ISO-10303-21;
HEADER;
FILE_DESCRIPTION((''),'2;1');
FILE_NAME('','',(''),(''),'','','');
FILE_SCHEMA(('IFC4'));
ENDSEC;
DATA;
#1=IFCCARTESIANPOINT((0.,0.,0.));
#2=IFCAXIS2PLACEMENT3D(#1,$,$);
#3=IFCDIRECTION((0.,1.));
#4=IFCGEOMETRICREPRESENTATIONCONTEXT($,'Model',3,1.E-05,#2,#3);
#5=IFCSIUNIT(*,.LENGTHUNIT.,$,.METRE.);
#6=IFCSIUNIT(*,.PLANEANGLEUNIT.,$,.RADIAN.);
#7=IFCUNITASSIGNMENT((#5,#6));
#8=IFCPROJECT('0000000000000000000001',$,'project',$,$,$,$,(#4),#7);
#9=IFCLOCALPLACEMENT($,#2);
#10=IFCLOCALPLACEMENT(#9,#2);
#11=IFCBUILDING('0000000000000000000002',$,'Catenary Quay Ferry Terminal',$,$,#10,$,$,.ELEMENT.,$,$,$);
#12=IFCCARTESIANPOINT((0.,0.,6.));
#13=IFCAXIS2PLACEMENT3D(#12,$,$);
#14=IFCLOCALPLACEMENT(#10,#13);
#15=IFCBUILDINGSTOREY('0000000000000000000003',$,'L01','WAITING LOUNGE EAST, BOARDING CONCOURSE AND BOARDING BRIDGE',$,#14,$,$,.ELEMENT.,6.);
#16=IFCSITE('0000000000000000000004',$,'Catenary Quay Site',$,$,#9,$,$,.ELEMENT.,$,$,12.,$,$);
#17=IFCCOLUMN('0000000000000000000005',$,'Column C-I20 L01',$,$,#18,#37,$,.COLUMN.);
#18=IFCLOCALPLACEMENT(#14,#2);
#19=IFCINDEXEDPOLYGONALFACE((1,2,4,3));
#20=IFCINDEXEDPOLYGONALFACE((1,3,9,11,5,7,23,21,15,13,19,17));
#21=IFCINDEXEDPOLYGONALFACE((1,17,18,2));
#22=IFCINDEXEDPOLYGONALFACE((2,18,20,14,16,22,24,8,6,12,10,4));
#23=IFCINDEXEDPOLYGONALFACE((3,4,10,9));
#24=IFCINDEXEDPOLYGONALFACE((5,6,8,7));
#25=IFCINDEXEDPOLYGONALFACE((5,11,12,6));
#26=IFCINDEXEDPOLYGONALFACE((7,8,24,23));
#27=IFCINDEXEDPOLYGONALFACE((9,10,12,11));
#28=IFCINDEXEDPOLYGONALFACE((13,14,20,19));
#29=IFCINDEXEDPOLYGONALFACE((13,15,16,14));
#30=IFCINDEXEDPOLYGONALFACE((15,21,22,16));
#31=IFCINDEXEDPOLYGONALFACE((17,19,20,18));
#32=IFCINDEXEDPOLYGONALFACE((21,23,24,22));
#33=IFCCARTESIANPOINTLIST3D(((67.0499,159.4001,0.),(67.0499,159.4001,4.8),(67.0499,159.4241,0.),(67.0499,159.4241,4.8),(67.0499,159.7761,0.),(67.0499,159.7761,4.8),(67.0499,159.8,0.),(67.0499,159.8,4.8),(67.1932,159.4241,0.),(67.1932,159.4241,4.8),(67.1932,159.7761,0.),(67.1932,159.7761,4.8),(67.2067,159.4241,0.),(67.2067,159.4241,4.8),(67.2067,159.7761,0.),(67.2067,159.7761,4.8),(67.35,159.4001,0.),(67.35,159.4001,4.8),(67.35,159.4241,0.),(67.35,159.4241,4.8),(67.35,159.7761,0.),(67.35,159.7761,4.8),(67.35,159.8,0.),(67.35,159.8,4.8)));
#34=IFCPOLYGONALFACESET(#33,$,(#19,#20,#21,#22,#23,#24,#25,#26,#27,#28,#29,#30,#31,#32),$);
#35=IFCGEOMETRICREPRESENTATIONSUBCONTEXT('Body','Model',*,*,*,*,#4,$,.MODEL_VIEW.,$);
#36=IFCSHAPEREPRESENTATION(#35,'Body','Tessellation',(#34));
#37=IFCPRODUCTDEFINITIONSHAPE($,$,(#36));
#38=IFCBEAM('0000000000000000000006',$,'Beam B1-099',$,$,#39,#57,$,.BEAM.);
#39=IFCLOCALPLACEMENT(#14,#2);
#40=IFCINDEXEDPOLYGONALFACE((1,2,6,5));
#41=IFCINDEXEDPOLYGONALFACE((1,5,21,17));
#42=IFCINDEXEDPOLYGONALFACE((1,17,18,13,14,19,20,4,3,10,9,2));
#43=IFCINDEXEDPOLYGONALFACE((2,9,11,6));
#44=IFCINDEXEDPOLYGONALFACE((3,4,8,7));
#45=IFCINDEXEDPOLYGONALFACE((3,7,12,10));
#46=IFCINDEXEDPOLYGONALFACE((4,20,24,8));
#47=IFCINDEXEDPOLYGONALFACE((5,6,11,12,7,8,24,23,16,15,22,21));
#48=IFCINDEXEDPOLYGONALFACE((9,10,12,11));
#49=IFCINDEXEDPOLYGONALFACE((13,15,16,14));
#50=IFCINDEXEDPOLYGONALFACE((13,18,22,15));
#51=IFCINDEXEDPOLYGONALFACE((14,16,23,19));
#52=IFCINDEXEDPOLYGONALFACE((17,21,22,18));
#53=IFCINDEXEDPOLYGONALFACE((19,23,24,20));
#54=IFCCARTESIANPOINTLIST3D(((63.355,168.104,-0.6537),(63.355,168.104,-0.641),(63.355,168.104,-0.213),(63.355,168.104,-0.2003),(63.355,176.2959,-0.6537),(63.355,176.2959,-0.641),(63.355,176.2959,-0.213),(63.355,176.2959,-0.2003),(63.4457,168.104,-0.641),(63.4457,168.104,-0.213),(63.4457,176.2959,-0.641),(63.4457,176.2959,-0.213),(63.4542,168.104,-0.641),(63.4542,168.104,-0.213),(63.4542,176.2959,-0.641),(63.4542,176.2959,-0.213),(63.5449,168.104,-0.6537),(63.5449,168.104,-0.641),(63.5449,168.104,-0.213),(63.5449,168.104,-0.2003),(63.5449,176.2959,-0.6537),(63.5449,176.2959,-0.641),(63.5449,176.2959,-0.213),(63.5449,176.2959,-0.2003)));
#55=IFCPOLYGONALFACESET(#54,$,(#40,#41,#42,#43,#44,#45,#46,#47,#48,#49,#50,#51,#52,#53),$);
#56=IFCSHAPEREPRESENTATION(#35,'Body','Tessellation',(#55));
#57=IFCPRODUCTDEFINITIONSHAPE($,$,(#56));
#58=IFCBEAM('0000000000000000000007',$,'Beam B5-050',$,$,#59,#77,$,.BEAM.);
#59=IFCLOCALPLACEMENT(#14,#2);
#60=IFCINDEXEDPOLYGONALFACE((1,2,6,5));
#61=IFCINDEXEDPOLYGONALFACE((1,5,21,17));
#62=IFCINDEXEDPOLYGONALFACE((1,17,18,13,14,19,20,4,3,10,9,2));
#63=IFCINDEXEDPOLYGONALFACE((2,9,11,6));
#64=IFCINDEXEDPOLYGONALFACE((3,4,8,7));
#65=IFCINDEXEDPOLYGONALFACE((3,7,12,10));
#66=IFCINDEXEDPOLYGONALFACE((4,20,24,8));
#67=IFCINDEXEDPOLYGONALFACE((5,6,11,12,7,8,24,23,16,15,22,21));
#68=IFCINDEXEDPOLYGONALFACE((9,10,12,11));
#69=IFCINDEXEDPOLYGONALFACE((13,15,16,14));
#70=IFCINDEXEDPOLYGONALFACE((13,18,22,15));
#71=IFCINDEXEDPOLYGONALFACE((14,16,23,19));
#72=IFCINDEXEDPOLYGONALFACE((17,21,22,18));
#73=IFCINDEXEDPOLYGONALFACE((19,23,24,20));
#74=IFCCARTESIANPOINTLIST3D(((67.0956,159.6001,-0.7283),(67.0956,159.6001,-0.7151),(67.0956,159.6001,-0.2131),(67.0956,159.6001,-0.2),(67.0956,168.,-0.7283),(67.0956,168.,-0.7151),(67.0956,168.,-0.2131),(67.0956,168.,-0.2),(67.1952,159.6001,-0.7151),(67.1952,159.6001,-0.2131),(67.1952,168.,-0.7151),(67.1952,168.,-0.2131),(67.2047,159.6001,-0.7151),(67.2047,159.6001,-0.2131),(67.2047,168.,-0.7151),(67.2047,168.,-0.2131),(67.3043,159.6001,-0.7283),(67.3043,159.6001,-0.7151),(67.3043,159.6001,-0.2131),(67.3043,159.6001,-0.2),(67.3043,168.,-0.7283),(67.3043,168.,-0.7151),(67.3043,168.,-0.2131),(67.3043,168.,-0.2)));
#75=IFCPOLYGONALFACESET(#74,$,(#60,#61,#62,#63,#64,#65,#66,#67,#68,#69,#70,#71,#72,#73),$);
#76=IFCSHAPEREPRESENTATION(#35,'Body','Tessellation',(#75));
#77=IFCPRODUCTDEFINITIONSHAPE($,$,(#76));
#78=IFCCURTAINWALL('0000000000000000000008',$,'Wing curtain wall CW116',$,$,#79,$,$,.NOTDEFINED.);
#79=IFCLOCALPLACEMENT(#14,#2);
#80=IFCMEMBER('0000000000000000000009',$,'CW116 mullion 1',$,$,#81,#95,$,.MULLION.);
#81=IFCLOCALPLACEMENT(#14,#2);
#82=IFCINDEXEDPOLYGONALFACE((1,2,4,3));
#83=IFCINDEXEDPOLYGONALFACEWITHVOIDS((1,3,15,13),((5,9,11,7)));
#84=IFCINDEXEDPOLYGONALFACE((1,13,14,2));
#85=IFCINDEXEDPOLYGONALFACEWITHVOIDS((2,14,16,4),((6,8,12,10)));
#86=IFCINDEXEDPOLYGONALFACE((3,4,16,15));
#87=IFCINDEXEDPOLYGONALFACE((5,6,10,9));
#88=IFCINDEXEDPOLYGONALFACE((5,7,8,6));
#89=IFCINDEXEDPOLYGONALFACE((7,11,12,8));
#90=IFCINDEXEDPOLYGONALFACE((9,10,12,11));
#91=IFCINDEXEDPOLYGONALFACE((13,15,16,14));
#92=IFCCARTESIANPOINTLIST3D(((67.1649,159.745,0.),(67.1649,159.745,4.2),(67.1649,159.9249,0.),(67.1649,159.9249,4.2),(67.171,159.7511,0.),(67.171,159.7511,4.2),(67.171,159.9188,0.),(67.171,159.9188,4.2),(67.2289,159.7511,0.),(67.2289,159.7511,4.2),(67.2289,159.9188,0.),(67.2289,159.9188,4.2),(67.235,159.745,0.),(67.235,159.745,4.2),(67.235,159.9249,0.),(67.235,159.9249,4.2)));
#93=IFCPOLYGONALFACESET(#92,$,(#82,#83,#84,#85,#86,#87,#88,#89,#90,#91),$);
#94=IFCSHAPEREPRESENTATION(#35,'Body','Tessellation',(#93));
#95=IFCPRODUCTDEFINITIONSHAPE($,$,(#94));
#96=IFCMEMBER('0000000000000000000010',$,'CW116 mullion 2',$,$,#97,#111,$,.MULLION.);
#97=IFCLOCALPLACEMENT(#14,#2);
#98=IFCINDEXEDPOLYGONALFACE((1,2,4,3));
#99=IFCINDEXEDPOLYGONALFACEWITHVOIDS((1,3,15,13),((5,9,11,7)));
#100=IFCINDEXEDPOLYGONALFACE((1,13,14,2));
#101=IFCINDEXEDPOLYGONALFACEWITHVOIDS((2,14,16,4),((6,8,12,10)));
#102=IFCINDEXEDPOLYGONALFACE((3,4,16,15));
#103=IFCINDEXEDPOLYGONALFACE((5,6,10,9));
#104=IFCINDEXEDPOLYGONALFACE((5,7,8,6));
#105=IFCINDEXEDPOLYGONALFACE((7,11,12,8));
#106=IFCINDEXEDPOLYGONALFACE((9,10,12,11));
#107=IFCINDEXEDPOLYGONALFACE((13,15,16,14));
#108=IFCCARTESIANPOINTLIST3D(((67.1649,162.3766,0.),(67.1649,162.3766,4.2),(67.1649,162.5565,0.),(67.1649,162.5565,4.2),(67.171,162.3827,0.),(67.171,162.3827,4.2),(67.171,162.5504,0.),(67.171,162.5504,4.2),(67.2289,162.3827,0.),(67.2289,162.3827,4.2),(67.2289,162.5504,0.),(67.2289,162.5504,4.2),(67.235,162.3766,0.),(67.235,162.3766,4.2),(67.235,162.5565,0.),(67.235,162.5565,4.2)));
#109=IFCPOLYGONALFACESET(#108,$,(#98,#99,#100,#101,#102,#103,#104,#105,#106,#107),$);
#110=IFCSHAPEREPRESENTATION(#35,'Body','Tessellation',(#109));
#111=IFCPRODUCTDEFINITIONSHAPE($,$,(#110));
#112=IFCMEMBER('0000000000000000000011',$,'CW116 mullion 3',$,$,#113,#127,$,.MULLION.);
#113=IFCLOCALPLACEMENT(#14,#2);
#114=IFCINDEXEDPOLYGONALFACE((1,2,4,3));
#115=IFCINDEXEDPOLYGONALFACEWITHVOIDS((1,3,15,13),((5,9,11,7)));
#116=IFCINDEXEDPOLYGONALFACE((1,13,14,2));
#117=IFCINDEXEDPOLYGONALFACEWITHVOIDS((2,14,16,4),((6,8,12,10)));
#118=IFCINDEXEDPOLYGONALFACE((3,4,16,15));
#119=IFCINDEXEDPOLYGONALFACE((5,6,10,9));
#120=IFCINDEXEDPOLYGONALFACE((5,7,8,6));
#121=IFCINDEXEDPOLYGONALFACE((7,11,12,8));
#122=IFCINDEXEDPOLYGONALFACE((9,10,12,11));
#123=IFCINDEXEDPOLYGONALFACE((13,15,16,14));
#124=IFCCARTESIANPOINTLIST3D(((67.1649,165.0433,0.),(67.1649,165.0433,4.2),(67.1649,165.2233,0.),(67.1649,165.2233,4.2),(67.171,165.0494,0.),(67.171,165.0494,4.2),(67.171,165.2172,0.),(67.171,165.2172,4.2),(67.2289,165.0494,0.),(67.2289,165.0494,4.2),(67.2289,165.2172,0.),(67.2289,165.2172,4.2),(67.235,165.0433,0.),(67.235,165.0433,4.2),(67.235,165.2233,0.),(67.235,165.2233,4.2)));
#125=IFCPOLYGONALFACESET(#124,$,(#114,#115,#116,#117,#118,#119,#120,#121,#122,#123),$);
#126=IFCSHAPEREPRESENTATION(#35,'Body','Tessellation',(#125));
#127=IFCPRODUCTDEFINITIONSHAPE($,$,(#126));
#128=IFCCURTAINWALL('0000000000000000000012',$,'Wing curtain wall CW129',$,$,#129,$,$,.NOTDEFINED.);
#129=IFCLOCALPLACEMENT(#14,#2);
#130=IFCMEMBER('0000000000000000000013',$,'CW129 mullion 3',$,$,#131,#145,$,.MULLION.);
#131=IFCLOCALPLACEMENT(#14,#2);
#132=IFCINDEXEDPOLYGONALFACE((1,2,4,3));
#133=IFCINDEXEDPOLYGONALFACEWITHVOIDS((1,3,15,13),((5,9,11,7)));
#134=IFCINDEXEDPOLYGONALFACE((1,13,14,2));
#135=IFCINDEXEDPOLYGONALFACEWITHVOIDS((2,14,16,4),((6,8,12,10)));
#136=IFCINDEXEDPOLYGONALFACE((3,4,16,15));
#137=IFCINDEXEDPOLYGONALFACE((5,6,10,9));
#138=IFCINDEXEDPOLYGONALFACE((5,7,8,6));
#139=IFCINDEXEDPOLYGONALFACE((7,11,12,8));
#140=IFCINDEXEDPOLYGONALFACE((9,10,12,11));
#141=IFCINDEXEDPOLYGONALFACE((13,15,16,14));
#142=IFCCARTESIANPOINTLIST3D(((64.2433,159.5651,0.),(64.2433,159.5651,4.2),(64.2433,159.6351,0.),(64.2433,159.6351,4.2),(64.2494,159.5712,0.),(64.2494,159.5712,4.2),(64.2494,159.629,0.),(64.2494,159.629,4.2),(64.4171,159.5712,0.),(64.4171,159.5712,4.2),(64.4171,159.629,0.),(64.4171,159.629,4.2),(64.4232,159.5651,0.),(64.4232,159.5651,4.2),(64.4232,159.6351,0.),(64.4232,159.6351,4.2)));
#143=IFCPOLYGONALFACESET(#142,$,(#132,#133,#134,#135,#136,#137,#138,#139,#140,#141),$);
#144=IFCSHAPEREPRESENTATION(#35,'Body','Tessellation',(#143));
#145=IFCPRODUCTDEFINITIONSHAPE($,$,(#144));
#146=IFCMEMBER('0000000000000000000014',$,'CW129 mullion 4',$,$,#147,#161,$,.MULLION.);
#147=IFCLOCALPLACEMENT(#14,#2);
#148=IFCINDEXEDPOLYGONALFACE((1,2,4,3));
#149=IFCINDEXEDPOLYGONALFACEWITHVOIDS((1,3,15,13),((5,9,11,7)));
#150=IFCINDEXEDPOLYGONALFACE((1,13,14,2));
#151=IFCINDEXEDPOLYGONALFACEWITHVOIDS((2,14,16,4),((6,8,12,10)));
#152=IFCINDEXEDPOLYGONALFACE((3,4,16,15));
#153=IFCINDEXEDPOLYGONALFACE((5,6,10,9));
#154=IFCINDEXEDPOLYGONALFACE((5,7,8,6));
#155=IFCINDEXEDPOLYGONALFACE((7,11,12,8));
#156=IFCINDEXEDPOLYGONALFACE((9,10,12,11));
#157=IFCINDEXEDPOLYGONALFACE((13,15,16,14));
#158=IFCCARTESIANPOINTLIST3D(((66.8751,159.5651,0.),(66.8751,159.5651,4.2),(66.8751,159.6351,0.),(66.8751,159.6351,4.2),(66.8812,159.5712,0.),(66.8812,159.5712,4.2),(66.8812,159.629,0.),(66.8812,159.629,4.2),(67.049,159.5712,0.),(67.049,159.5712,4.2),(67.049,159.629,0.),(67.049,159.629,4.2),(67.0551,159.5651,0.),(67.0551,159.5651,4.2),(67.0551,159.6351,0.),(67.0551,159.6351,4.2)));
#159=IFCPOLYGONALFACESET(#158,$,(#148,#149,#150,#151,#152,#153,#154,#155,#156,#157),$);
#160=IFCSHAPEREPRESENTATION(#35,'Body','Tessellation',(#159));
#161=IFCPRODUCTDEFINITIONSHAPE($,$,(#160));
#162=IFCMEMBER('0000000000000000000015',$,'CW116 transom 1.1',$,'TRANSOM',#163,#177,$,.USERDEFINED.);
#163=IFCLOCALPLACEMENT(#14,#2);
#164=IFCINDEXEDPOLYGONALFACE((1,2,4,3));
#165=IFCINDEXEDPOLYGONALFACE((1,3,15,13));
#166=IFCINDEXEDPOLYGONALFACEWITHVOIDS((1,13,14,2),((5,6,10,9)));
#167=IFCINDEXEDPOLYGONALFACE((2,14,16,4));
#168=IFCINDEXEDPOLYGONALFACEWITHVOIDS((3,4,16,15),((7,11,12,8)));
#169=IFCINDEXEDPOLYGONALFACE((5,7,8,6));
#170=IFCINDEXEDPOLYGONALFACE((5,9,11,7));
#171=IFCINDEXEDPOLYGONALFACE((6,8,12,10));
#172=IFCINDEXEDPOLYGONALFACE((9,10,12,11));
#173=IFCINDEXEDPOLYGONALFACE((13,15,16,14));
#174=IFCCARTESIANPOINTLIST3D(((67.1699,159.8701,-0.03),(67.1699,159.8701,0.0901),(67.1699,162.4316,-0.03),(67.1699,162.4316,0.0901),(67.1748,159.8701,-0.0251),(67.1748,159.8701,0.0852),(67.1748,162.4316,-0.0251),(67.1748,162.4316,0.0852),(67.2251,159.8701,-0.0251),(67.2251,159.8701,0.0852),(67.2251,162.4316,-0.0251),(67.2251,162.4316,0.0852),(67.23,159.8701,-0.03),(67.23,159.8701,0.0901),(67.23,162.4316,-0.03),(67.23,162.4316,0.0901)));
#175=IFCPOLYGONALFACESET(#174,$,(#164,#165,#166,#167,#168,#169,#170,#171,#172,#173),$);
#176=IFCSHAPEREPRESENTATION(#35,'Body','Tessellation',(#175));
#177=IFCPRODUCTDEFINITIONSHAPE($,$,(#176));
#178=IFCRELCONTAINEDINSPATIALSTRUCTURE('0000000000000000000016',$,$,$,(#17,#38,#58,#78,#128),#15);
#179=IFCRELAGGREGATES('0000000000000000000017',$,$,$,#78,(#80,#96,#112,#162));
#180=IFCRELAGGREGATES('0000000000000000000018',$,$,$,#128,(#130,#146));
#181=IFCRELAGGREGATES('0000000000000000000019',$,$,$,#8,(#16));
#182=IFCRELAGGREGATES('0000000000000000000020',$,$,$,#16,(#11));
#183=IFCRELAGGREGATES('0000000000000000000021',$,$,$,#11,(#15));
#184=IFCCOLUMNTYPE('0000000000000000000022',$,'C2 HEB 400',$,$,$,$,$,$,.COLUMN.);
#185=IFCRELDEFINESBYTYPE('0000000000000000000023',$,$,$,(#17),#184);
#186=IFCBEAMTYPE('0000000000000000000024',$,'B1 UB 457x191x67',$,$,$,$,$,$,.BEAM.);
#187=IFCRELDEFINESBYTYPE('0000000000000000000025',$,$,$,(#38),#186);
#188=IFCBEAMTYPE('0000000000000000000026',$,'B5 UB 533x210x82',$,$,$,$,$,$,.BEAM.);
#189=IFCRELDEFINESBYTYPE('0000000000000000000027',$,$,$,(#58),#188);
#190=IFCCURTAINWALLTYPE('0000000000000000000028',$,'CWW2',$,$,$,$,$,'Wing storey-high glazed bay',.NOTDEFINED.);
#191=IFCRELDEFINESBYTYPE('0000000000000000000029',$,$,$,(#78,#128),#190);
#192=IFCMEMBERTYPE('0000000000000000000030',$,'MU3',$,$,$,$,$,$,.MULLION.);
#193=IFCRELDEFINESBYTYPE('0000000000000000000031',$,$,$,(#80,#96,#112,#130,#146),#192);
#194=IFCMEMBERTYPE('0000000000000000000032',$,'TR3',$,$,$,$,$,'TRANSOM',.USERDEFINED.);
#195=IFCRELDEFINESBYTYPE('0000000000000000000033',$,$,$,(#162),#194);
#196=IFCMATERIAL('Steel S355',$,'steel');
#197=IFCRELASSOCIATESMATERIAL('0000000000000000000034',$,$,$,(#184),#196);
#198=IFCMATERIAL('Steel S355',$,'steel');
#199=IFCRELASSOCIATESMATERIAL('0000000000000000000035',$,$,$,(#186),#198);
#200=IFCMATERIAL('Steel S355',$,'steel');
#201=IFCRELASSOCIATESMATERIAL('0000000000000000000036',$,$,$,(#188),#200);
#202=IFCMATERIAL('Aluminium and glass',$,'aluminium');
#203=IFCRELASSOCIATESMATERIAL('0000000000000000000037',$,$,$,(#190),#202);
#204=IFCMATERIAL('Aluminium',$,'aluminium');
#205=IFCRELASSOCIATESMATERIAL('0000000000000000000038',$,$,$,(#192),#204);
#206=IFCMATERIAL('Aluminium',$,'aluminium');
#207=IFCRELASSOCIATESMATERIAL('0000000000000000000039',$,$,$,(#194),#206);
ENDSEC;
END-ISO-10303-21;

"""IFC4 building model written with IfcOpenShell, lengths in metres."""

from ifc_helpers import new_model, si_unit, direction, frame, origin, origin_2d, place, context, subcontext, project, spatial, hollow_rectangle, i_section, extrude, material, material_profile, profile_set, type_object, element, aggregate, save


model = new_model("IFC4")

# Units and contexts
model_context = context("Model", 3, precision=1e-05, world=origin(), true_north=direction((0.0, 1.0)))
body_context = subcontext(model_context, "Body", "Model", "MODEL_VIEW")
ifc_project = project(units=[si_unit("LENGTHUNIT", "METRE"), si_unit("PLANEANGLEUNIT", "RADIAN")], contexts=[model_context])

# Site, building, storey
site_placement = place(None, origin())
site = spatial("IfcSite", under=ifc_project, at=site_placement, Name="Catenary Quay Site", CompositionType="ELEMENT", RefElevation=12.0)
building_placement = place(site_placement, origin())
building = spatial("IfcBuilding", under=site, at=building_placement, Name="Catenary Quay Ferry Terminal", CompositionType="ELEMENT")
storey_placement = place(building_placement, frame((0.0, 0.0, 6.0)))
storey = spatial("IfcBuildingStorey", under=building, at=storey_placement, Name="L01", Description="WAITING LOUNGE EAST, BOARDING CONCOURSE AND BOARDING BRIDGE", CompositionType="ELEMENT", Elevation=6.0)

# Column
ifc_material_1 = material(Name="Steel S355", Category="steel")
ifc_material_profile_1 = material_profile(ifc_material_1, i_section(OverallWidth=0.3, OverallDepth=0.3999, WebThickness=0.0134, FlangeThickness=0.0239, at=origin_2d()), Name="HEB 400")
ifc_profile_set_1 = profile_set([ifc_material_profile_1], Name="Steel S355")
column_type = type_object("IfcColumnType", Name="C2 HEB 400", PredefinedType="COLUMN", material=ifc_profile_set_1)
column_placement = place(storey_placement, frame((67.2, 159.6001, 0.0), z_axis=(0.0, 0.0, 1.0), x_axis=(1.0, 0.0, 0.0)))
element("IfcColumn", 1, at=column_placement, inside=storey, type_object=column_type, Name="Column C-I20 L01", PredefinedType="COLUMN", context=body_context, shape_type="SweptSolid", body=[
    extrude(i_section(OverallWidth=0.3, OverallDepth=0.3999, WebThickness=0.0134, FlangeThickness=0.0239, at=origin_2d()), origin(), (0.0, 0.0, 1.0), 4.8),
])

# Beams
ifc_material_2 = material(Name="Steel S355", Category="steel")
ifc_material_profile_2 = material_profile(ifc_material_2, i_section(OverallWidth=0.1899, OverallDepth=0.4534, WebThickness=0.0085, FlangeThickness=0.0127, at=origin_2d()), Name="UB 457x191x67")
ifc_profile_set_2 = profile_set([ifc_material_profile_2], Name="Steel S355")
beam_type_1 = type_object("IfcBeamType", Name="B1 UB 457x191x67", PredefinedType="BEAM", material=ifc_profile_set_2)
beam_1_placement = place(storey_placement, frame((63.45, 168.104, -0.427), z_axis=(0.0, 1.0, 0.0), x_axis=(-1.0, 0.0, 0.0)))
element("IfcBeam", 2, at=beam_1_placement, inside=storey, type_object=beam_type_1, Name="Beam B1-099", PredefinedType="BEAM", context=body_context, shape_type="SweptSolid", body=[
    extrude(i_section(OverallWidth=0.1899, OverallDepth=0.4534, WebThickness=0.0085, FlangeThickness=0.0127, at=origin_2d()), origin(), (0.0, 0.0, 1.0), 8.1919),
])
ifc_material_3 = material(Name="Steel S355", Category="steel")
ifc_material_profile_3 = material_profile(ifc_material_3, i_section(OverallWidth=0.2087, OverallDepth=0.5283, WebThickness=0.0095, FlangeThickness=0.0132, at=origin_2d()), Name="UB 533x210x82")
ifc_profile_set_3 = profile_set([ifc_material_profile_3], Name="Steel S355")
beam_type_2 = type_object("IfcBeamType", Name="B5 UB 533x210x82", PredefinedType="BEAM", material=ifc_profile_set_3)
beam_2_placement = place(storey_placement, frame((67.2, 159.6001, -0.4641), z_axis=(0.0, 1.0, 0.0), x_axis=(-1.0, 0.0, 0.0)))
element("IfcBeam", 3, at=beam_2_placement, inside=storey, type_object=beam_type_2, Name="Beam B5-050", PredefinedType="BEAM", context=body_context, shape_type="SweptSolid", body=[
    extrude(i_section(OverallWidth=0.2087, OverallDepth=0.5283, WebThickness=0.0095, FlangeThickness=0.0132, at=origin_2d()), origin(), (0.0, 0.0, 1.0), 8.3999),
])

# Curtain walls, members
ifc_material_4 = material(Name="Aluminium and glass", Category="aluminium")
curtain_wall_type = type_object("IfcCurtainWallType", Name="CWW2", ElementType="Wing storey-high glazed bay", PredefinedType="NOTDEFINED", material=ifc_material_4)
curtain_wall_1_placement = place(storey_placement, origin())
curtain_wall_1 = element("IfcCurtainWall", 4, at=curtain_wall_1_placement, inside=storey, type_object=curtain_wall_type, Name="Wing curtain wall CW116", PredefinedType="NOTDEFINED")
ifc_material_5 = material(Name="Aluminium", Category="aluminium")
ifc_material_profile_4 = material_profile(ifc_material_5, hollow_rectangle(XDim=0.0701, YDim=0.1799, WallThickness=0.0061, at=origin_2d()), Name="MU3")
ifc_profile_set_4 = profile_set([ifc_material_profile_4], Name="Aluminium")
member_type_1 = type_object("IfcMemberType", Name="MU3", PredefinedType="MULLION", material=ifc_profile_set_4)
member_1_placement = place(storey_placement, frame((67.2, 159.835, 0.0), z_axis=(0.0, 0.0, 1.0), x_axis=(-1.0, 0.0, 0.0)))
member_1 = element("IfcMember", 5, at=member_1_placement, type_object=member_type_1, Name="CW116 mullion 1", PredefinedType="MULLION", context=body_context, shape_type="SweptSolid", body=[
    extrude(hollow_rectangle(XDim=0.0701, YDim=0.1799, WallThickness=0.0061, at=origin_2d()), origin(), (0.0, 0.0, 1.0), 4.2),
])
member_2_placement = place(storey_placement, frame((67.2, 162.4666, 0.0), z_axis=(0.0, 0.0, 1.0), x_axis=(-1.0, 0.0, 0.0)))
member_2 = element("IfcMember", 6, at=member_2_placement, type_object=member_type_1, Name="CW116 mullion 2", PredefinedType="MULLION", context=body_context, shape_type="SweptSolid", body=[
    extrude(hollow_rectangle(XDim=0.0701, YDim=0.1799, WallThickness=0.0061, at=origin_2d()), origin(), (0.0, 0.0, 1.0), 4.2),
])
member_3_placement = place(storey_placement, frame((67.2, 165.1333, 0.0), z_axis=(0.0, 0.0, 1.0), x_axis=(-1.0, 0.0, 0.0)))
member_3 = element("IfcMember", 7, at=member_3_placement, type_object=member_type_1, Name="CW116 mullion 3", PredefinedType="MULLION", context=body_context, shape_type="SweptSolid", body=[
    extrude(hollow_rectangle(XDim=0.0701, YDim=0.1799, WallThickness=0.0061, at=origin_2d()), origin(), (0.0, 0.0, 1.0), 4.2),
])
curtain_wall_2_placement = place(storey_placement, origin())
curtain_wall_2 = element("IfcCurtainWall", 8, at=curtain_wall_2_placement, inside=storey, type_object=curtain_wall_type, Name="Wing curtain wall CW129", PredefinedType="NOTDEFINED")
member_4_placement = place(storey_placement, frame((64.3333, 159.6001, 0.0), z_axis=(0.0, 0.0, 1.0), x_axis=(0.0, 1.0, 0.0)))
member_4 = element("IfcMember", 9, at=member_4_placement, type_object=member_type_1, Name="CW129 mullion 3", PredefinedType="MULLION", context=body_context, shape_type="SweptSolid", body=[
    extrude(hollow_rectangle(XDim=0.0701, YDim=0.1799, WallThickness=0.0061, at=origin_2d()), origin(), (0.0, 0.0, 1.0), 4.2),
])
member_5_placement = place(storey_placement, frame((66.9651, 159.6001, 0.0), z_axis=(0.0, 0.0, 1.0), x_axis=(0.0, 1.0, 0.0)))
member_5 = element("IfcMember", 10, at=member_5_placement, type_object=member_type_1, Name="CW129 mullion 4", PredefinedType="MULLION", context=body_context, shape_type="SweptSolid", body=[
    extrude(hollow_rectangle(XDim=0.0701, YDim=0.1799, WallThickness=0.0061, at=origin_2d()), origin(), (0.0, 0.0, 1.0), 4.2),
])

# Member
ifc_material_6 = material(Name="Aluminium", Category="aluminium")
ifc_material_profile_5 = material_profile(ifc_material_6, hollow_rectangle(XDim=0.0601, YDim=0.1201, WallThickness=0.0049, at=origin_2d()), Name="TR3")
ifc_profile_set_5 = profile_set([ifc_material_profile_5], Name="Aluminium")
member_type_2 = type_object("IfcMemberType", Name="TR3", ElementType="TRANSOM", PredefinedType="USERDEFINED", material=ifc_profile_set_5)
member_6_placement = place(storey_placement, frame((67.2, 159.8701, 0.03), z_axis=(0.0, 1.0, 0.0), x_axis=(-1.0, 0.0, 0.0)))
member_6 = element("IfcMember", 11, at=member_6_placement, type_object=member_type_2, Name="CW116 transom 1.1", ObjectType="TRANSOM", PredefinedType="USERDEFINED", context=body_context, shape_type="SweptSolid", body=[
    extrude(hollow_rectangle(XDim=0.0601, YDim=0.1201, WallThickness=0.0049, at=origin_2d()), origin(), (0.0, 0.0, 1.0), 2.5615),
])

aggregate(curtain_wall_1, [member_1, member_2, member_3, member_6])
aggregate(curtain_wall_2, [member_4, member_5])

save(model, "model.ifc")
